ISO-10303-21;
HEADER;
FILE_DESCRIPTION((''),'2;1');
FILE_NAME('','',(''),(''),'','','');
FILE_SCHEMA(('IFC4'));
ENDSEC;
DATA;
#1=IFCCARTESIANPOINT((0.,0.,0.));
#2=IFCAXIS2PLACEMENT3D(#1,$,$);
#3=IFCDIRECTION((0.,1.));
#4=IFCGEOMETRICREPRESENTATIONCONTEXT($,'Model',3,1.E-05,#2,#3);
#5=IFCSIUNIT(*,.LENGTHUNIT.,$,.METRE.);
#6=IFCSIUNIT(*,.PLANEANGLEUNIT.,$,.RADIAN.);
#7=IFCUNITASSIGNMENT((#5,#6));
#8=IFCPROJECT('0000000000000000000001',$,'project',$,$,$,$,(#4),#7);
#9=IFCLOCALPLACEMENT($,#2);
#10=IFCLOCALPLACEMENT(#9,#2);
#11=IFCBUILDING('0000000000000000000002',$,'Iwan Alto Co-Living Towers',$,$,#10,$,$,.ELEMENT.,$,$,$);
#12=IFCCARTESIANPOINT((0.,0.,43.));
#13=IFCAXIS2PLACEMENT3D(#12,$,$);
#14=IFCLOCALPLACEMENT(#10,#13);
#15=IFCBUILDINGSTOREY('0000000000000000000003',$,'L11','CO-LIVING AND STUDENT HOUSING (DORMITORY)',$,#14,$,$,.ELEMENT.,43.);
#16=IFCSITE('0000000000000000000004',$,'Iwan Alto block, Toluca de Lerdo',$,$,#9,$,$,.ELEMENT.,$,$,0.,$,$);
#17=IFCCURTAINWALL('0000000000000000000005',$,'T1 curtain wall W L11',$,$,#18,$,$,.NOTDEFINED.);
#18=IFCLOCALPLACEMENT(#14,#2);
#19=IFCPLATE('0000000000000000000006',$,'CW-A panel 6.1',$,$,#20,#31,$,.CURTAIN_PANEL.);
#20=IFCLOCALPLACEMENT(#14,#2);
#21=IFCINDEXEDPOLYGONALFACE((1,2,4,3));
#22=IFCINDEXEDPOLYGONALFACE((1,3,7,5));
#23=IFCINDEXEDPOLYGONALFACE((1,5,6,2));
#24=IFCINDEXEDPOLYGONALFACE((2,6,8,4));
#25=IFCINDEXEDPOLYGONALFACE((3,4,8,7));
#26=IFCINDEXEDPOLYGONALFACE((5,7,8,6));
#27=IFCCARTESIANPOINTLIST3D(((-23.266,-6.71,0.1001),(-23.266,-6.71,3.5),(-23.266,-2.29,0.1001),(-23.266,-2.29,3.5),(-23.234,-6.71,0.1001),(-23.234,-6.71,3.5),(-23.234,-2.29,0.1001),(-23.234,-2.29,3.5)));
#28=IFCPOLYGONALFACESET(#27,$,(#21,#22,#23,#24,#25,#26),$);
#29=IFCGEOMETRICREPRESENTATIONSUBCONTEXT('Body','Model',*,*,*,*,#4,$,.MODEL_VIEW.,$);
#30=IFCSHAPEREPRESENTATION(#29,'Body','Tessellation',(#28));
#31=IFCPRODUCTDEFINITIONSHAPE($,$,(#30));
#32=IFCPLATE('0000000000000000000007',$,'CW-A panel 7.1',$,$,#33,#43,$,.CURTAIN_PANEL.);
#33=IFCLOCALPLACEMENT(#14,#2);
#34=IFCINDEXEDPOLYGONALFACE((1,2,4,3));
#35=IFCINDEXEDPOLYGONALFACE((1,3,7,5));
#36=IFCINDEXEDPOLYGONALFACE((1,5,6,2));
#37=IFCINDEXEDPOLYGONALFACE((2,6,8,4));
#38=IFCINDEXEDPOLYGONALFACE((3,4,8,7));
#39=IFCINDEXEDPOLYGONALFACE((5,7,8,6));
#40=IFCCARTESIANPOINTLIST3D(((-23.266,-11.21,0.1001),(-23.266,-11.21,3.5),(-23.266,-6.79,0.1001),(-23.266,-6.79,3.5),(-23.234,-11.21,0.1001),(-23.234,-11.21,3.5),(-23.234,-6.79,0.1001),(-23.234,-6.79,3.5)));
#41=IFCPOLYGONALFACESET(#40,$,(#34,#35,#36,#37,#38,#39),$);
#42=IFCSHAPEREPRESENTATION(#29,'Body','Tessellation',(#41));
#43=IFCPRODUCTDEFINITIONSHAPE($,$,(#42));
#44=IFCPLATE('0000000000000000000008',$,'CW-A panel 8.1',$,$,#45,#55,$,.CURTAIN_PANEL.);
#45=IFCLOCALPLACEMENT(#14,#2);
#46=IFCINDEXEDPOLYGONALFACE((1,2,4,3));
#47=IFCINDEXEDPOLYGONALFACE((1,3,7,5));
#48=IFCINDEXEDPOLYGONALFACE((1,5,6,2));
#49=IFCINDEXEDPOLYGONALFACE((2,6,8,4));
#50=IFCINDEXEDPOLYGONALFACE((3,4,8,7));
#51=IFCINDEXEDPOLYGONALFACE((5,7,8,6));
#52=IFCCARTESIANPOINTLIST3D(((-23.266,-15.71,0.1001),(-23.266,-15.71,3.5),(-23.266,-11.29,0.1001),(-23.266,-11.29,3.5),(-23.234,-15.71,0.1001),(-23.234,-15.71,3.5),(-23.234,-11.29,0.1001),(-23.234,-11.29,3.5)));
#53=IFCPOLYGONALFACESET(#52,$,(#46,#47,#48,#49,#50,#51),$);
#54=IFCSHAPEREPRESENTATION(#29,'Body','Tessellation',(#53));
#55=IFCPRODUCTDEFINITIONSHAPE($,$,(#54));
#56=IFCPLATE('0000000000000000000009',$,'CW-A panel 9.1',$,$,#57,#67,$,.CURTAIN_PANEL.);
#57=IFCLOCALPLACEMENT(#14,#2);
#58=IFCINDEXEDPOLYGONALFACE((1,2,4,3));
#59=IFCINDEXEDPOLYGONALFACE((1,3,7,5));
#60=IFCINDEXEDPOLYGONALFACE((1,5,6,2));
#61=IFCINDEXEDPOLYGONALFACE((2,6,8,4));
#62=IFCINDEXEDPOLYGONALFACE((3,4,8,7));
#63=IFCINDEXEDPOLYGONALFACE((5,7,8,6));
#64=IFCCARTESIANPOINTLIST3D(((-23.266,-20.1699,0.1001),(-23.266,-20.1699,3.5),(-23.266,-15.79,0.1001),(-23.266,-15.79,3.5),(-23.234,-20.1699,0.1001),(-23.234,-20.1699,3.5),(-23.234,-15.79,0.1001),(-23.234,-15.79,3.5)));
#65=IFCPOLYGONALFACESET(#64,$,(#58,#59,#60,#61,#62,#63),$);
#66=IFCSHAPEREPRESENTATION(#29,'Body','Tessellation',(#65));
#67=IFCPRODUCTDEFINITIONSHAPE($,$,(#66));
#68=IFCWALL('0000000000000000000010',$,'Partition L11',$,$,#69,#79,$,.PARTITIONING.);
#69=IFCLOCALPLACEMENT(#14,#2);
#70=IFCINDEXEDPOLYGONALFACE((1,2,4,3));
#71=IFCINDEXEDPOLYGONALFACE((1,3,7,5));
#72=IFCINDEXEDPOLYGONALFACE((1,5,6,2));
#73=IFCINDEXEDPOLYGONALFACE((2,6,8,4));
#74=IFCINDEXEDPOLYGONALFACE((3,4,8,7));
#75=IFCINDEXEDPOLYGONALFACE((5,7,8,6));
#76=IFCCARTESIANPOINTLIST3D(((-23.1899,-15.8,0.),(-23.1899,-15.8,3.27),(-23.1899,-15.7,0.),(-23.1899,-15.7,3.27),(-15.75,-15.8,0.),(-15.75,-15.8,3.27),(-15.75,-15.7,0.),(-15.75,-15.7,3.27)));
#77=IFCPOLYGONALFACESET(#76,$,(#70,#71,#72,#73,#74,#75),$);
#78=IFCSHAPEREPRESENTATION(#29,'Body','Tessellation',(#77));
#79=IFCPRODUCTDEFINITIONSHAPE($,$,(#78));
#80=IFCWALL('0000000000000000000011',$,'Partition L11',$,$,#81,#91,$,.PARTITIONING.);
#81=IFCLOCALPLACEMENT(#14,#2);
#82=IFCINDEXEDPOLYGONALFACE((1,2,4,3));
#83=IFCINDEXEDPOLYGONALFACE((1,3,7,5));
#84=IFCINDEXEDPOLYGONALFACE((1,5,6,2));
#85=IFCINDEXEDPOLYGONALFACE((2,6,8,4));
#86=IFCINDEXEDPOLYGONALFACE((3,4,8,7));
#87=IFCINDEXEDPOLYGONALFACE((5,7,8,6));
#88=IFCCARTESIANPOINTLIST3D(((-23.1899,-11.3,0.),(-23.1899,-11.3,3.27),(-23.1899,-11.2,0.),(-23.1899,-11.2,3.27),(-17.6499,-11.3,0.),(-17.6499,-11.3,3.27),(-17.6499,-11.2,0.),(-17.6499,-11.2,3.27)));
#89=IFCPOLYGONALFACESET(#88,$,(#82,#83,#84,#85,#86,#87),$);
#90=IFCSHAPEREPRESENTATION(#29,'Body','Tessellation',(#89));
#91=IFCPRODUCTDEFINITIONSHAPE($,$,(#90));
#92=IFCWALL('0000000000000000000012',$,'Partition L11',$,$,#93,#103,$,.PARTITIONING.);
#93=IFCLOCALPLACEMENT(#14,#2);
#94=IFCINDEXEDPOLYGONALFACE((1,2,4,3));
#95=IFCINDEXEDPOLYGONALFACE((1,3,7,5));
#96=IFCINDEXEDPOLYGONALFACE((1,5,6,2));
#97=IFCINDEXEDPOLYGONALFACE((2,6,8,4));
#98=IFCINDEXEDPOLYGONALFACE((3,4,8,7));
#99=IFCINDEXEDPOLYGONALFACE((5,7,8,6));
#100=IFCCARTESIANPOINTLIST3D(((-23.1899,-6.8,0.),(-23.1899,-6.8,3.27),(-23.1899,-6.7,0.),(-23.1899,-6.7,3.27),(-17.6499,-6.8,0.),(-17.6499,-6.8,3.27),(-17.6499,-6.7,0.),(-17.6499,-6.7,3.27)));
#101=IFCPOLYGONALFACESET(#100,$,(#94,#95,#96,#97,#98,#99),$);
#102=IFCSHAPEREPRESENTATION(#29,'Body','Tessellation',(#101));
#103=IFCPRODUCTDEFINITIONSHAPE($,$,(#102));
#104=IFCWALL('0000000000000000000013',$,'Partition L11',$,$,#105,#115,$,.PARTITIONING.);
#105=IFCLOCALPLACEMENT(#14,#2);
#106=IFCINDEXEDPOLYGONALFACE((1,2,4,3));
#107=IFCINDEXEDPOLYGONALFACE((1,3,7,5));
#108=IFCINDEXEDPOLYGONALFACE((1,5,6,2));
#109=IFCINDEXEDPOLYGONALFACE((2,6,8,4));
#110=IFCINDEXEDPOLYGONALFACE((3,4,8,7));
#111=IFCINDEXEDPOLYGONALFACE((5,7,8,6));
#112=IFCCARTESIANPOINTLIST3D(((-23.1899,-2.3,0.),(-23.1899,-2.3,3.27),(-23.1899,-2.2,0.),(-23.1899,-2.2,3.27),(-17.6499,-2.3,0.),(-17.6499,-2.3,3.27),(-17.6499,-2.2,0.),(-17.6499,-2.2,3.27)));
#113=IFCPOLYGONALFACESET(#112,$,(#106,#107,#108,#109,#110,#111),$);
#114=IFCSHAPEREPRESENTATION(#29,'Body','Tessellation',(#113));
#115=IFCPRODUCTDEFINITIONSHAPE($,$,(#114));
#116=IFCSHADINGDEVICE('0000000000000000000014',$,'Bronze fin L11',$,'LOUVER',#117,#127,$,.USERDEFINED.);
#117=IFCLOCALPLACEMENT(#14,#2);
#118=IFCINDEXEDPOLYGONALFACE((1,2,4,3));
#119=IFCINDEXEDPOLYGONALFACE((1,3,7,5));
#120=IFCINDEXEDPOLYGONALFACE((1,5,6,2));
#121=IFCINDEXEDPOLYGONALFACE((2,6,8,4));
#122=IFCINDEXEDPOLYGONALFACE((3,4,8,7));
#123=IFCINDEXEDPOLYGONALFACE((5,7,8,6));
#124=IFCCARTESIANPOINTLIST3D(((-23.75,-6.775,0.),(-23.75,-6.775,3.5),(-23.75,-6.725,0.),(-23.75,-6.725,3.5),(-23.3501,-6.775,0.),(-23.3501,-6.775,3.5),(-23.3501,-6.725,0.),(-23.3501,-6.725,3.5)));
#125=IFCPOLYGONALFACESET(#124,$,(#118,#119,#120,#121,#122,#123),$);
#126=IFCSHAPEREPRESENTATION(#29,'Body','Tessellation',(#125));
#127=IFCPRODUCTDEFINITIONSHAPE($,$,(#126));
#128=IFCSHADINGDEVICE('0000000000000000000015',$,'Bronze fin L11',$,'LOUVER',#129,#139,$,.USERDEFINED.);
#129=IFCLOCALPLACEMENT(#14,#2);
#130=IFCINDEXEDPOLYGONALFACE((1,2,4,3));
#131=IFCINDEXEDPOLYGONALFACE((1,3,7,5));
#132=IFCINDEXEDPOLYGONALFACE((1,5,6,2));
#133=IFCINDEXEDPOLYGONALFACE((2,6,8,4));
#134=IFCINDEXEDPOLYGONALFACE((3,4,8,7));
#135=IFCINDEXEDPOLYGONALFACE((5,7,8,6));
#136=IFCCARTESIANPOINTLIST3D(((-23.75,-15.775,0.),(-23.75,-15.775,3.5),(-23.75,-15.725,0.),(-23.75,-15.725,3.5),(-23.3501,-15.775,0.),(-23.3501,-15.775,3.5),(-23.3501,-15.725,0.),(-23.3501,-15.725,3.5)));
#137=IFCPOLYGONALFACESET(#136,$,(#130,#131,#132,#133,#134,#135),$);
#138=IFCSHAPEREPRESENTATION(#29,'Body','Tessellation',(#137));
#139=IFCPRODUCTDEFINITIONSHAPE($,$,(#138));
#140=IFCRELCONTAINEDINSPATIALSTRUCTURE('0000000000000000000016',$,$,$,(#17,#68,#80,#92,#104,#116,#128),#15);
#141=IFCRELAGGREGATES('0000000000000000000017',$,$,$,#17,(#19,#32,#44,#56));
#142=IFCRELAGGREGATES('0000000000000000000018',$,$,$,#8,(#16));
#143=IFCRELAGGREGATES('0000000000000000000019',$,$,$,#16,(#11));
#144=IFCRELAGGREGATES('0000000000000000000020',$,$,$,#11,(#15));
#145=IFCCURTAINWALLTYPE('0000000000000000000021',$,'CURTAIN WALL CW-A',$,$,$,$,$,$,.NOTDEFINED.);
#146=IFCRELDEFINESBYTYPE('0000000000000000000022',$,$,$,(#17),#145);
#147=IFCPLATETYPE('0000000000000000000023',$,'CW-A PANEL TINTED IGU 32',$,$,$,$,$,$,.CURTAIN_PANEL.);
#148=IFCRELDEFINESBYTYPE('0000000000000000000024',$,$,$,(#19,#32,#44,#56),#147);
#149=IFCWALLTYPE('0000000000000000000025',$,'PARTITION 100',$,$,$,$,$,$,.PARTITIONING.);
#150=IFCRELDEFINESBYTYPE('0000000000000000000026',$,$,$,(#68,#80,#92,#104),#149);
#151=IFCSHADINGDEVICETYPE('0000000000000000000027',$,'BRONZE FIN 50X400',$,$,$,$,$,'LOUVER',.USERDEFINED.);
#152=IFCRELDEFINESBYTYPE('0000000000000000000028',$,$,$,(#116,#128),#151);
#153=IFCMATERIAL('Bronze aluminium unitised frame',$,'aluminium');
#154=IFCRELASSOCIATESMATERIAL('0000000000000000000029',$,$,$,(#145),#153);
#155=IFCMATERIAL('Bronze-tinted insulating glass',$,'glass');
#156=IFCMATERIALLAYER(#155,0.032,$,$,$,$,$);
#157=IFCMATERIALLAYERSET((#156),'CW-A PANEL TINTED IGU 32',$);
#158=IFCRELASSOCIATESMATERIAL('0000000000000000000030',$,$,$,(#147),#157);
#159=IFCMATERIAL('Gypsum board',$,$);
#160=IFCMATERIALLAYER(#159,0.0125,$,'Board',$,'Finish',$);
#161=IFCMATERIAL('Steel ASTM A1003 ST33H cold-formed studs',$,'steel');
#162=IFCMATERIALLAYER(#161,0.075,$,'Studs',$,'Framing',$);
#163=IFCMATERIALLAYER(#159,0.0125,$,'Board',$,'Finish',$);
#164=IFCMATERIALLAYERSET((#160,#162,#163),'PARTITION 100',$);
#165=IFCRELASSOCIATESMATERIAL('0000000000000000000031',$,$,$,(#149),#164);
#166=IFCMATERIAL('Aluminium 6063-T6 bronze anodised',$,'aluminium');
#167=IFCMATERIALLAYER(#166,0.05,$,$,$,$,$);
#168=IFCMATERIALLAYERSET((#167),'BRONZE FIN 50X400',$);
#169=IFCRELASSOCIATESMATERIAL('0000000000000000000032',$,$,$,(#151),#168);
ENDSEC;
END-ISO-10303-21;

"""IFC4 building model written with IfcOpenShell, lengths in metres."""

from ifc_helpers import new_model, si_unit, direction, frame, frame_2d, origin, origin_2d, place, context, subcontext, project, spatial, rectangle, extrude, material, layer, layer_set, type_object, element, aggregate, save


model = new_model("IFC4")

# Units and contexts
model_context = context("Model", 3, precision=1e-05, world=origin(), true_north=direction((0.0, 1.0)))
body_context = subcontext(model_context, "Body", "Model", "MODEL_VIEW")
ifc_project = project(units=[si_unit("LENGTHUNIT", "METRE"), si_unit("PLANEANGLEUNIT", "RADIAN")], contexts=[model_context])

# Site, building, storey
site_placement = place(None, origin())
site = spatial("IfcSite", under=ifc_project, at=site_placement, Name="Iwan Alto block, Toluca de Lerdo", CompositionType="ELEMENT", RefElevation=0.0)
building_placement = place(site_placement, origin())
building = spatial("IfcBuilding", under=site, at=building_placement, Name="Iwan Alto Co-Living Towers", CompositionType="ELEMENT")
storey_placement = place(building_placement, frame((0.0, 0.0, 43.0)))
storey = spatial("IfcBuildingStorey", under=building, at=storey_placement, Name="L11", Description="CO-LIVING AND STUDENT HOUSING (DORMITORY)", CompositionType="ELEMENT", Elevation=43.0)

# Curtain wall
ifc_material_1 = material(Name="Bronze aluminium unitised frame", Category="aluminium")
curtain_wall_type = type_object("IfcCurtainWallType", Name="CURTAIN WALL CW-A", PredefinedType="NOTDEFINED", material=ifc_material_1)
curtain_wall_placement = place(storey_placement, origin())
curtain_wall = element("IfcCurtainWall", 1, at=curtain_wall_placement, inside=storey, type_object=curtain_wall_type, Name="T1 curtain wall W L11", PredefinedType="NOTDEFINED")

# Plates
ifc_material_2 = material(Name="Bronze-tinted insulating glass", Category="glass")
ifc_layer_1 = layer(ifc_material_2, 0.032)
ifc_layer_set_1 = layer_set([ifc_layer_1], Name="CW-A PANEL TINTED IGU 32")
plate_type = type_object("IfcPlateType", Name="CW-A PANEL TINTED IGU 32", PredefinedType="CURTAIN_PANEL", material=ifc_layer_set_1)
plate_1_placement = place(storey_placement, frame((-23.25, -4.5, 0.1001), z_axis=(0.0, 0.0, 1.0), x_axis=(0.0, -1.0, 0.0)))
plate_1 = element("IfcPlate", 2, at=plate_1_placement, type_object=plate_type, Name="CW-A panel 6.1", PredefinedType="CURTAIN_PANEL", context=body_context, shape_type="SweptSolid", body=[
    extrude(rectangle(XDim=4.4199, YDim=0.032, at=origin_2d()), origin(), (0.0, 0.0, 1.0), 3.3999),
])
plate_2_placement = place(storey_placement, frame((-23.25, -9.0, 0.1001), z_axis=(0.0, 0.0, 1.0), x_axis=(0.0, -1.0, 0.0)))
plate_2 = element("IfcPlate", 3, at=plate_2_placement, type_object=plate_type, Name="CW-A panel 7.1", PredefinedType="CURTAIN_PANEL", context=body_context, shape_type="SweptSolid", body=[
    extrude(rectangle(XDim=4.4199, YDim=0.032, at=origin_2d()), origin(), (0.0, 0.0, 1.0), 3.3999),
])
plate_3_placement = place(storey_placement, frame((-23.25, -13.5, 0.1001), z_axis=(0.0, 0.0, 1.0), x_axis=(0.0, -1.0, 0.0)))
plate_3 = element("IfcPlate", 4, at=plate_3_placement, type_object=plate_type, Name="CW-A panel 8.1", PredefinedType="CURTAIN_PANEL", context=body_context, shape_type="SweptSolid", body=[
    extrude(rectangle(XDim=4.4199, YDim=0.032, at=origin_2d()), origin(), (0.0, 0.0, 1.0), 3.3999),
])
plate_4_placement = place(storey_placement, frame((-23.25, -17.98, 0.1001), z_axis=(0.0, 0.0, 1.0), x_axis=(0.0, -1.0, 0.0)))
plate_4 = element("IfcPlate", 5, at=plate_4_placement, type_object=plate_type, Name="CW-A panel 9.1", PredefinedType="CURTAIN_PANEL", context=body_context, shape_type="SweptSolid", body=[
    extrude(rectangle(XDim=4.3799, YDim=0.032, at=origin_2d()), origin(), (0.0, 0.0, 1.0), 3.3999),
])
aggregate(curtain_wall, [plate_1, plate_2, plate_3, plate_4])

# Walls
ifc_material_3 = material(Name="Gypsum board")
ifc_layer_2 = layer(ifc_material_3, 0.0125, Name="Board", Category="Finish")
ifc_material_4 = material(Name="Steel ASTM A1003 ST33H cold-formed studs", Category="steel")
ifc_layer_3 = layer(ifc_material_4, 0.075, Name="Studs", Category="Framing")
ifc_layer_4 = layer(ifc_material_3, 0.0125, Name="Board", Category="Finish")
ifc_layer_set_2 = layer_set([ifc_layer_2, ifc_layer_3, ifc_layer_4], Name="PARTITION 100")
wall_type = type_object("IfcWallType", Name="PARTITION 100", PredefinedType="PARTITIONING", material=ifc_layer_set_2)
wall_placement = place(storey_placement, frame((-23.1899, -15.75, 0.0), z_axis=(0.0, 0.0, 1.0), x_axis=(1.0, 0.0, 0.0)))
element("IfcWall", 6, at=wall_placement, inside=storey, type_object=wall_type, Name="Partition L11", PredefinedType="PARTITIONING", context=body_context, shape_type="SweptSolid", body=[
    extrude(rectangle(XDim=7.4399, YDim=0.1001, at=frame_2d((3.72, 0.0))), origin(), (0.0, 0.0, 1.0), 3.27),
])
for number, where, z_axis, x_axis, name in (
    (7, (-23.1899, -11.25, 0.0), (0.0, 0.0, 1.0), (1.0, 0.0, 0.0), "Partition L11"),
    (8, (-23.1899, -6.75, 0.0), (0.0, 0.0, 1.0), (1.0, 0.0, 0.0), "Partition L11"),
    (9, (-23.1899, -2.25, 0.0), (0.0, 0.0, 1.0), (1.0, 0.0, 0.0), "Partition L11"),
):
    element("IfcWall", number, at=place(storey_placement, frame(where, z_axis=z_axis, x_axis=x_axis)), inside=storey, type_object=wall_type, Name=name, PredefinedType="PARTITIONING", context=body_context, shape_type="SweptSolid", body=[
        extrude(rectangle(XDim=5.54, YDim=0.1001, at=frame_2d((2.77, 0.0))), origin(), (0.0, 0.0, 1.0), 3.27),
    ])

# Shading devices
ifc_material_5 = material(Name="Aluminium 6063-T6 bronze anodised", Category="aluminium")
ifc_layer_5 = layer(ifc_material_5, 0.05)
ifc_layer_set_3 = layer_set([ifc_layer_5], Name="BRONZE FIN 50X400")
shading_device_type = type_object("IfcShadingDeviceType", Name="BRONZE FIN 50X400", ElementType="LOUVER", PredefinedType="USERDEFINED", material=ifc_layer_set_3)
for number, where, z_axis, x_axis, name in (
    (10, (-23.55, -6.75, 0.0), (0.0, 0.0, 1.0), (0.0, -1.0, 0.0), "Bronze fin L11"),
    (11, (-23.55, -15.75, 0.0), (0.0, 0.0, 1.0), (0.0, -1.0, 0.0), "Bronze fin L11"),
):
    element("IfcShadingDevice", number, at=place(storey_placement, frame(where, z_axis=z_axis, x_axis=x_axis)), inside=storey, type_object=shading_device_type, Name=name, ObjectType="LOUVER", PredefinedType="USERDEFINED", context=body_context, shape_type="SweptSolid", body=[
        extrude(rectangle(XDim=0.05, YDim=0.3999, at=origin_2d()), origin(), (0.0, 0.0, 1.0), 3.5),
    ])

save(model, "model.ifc")
